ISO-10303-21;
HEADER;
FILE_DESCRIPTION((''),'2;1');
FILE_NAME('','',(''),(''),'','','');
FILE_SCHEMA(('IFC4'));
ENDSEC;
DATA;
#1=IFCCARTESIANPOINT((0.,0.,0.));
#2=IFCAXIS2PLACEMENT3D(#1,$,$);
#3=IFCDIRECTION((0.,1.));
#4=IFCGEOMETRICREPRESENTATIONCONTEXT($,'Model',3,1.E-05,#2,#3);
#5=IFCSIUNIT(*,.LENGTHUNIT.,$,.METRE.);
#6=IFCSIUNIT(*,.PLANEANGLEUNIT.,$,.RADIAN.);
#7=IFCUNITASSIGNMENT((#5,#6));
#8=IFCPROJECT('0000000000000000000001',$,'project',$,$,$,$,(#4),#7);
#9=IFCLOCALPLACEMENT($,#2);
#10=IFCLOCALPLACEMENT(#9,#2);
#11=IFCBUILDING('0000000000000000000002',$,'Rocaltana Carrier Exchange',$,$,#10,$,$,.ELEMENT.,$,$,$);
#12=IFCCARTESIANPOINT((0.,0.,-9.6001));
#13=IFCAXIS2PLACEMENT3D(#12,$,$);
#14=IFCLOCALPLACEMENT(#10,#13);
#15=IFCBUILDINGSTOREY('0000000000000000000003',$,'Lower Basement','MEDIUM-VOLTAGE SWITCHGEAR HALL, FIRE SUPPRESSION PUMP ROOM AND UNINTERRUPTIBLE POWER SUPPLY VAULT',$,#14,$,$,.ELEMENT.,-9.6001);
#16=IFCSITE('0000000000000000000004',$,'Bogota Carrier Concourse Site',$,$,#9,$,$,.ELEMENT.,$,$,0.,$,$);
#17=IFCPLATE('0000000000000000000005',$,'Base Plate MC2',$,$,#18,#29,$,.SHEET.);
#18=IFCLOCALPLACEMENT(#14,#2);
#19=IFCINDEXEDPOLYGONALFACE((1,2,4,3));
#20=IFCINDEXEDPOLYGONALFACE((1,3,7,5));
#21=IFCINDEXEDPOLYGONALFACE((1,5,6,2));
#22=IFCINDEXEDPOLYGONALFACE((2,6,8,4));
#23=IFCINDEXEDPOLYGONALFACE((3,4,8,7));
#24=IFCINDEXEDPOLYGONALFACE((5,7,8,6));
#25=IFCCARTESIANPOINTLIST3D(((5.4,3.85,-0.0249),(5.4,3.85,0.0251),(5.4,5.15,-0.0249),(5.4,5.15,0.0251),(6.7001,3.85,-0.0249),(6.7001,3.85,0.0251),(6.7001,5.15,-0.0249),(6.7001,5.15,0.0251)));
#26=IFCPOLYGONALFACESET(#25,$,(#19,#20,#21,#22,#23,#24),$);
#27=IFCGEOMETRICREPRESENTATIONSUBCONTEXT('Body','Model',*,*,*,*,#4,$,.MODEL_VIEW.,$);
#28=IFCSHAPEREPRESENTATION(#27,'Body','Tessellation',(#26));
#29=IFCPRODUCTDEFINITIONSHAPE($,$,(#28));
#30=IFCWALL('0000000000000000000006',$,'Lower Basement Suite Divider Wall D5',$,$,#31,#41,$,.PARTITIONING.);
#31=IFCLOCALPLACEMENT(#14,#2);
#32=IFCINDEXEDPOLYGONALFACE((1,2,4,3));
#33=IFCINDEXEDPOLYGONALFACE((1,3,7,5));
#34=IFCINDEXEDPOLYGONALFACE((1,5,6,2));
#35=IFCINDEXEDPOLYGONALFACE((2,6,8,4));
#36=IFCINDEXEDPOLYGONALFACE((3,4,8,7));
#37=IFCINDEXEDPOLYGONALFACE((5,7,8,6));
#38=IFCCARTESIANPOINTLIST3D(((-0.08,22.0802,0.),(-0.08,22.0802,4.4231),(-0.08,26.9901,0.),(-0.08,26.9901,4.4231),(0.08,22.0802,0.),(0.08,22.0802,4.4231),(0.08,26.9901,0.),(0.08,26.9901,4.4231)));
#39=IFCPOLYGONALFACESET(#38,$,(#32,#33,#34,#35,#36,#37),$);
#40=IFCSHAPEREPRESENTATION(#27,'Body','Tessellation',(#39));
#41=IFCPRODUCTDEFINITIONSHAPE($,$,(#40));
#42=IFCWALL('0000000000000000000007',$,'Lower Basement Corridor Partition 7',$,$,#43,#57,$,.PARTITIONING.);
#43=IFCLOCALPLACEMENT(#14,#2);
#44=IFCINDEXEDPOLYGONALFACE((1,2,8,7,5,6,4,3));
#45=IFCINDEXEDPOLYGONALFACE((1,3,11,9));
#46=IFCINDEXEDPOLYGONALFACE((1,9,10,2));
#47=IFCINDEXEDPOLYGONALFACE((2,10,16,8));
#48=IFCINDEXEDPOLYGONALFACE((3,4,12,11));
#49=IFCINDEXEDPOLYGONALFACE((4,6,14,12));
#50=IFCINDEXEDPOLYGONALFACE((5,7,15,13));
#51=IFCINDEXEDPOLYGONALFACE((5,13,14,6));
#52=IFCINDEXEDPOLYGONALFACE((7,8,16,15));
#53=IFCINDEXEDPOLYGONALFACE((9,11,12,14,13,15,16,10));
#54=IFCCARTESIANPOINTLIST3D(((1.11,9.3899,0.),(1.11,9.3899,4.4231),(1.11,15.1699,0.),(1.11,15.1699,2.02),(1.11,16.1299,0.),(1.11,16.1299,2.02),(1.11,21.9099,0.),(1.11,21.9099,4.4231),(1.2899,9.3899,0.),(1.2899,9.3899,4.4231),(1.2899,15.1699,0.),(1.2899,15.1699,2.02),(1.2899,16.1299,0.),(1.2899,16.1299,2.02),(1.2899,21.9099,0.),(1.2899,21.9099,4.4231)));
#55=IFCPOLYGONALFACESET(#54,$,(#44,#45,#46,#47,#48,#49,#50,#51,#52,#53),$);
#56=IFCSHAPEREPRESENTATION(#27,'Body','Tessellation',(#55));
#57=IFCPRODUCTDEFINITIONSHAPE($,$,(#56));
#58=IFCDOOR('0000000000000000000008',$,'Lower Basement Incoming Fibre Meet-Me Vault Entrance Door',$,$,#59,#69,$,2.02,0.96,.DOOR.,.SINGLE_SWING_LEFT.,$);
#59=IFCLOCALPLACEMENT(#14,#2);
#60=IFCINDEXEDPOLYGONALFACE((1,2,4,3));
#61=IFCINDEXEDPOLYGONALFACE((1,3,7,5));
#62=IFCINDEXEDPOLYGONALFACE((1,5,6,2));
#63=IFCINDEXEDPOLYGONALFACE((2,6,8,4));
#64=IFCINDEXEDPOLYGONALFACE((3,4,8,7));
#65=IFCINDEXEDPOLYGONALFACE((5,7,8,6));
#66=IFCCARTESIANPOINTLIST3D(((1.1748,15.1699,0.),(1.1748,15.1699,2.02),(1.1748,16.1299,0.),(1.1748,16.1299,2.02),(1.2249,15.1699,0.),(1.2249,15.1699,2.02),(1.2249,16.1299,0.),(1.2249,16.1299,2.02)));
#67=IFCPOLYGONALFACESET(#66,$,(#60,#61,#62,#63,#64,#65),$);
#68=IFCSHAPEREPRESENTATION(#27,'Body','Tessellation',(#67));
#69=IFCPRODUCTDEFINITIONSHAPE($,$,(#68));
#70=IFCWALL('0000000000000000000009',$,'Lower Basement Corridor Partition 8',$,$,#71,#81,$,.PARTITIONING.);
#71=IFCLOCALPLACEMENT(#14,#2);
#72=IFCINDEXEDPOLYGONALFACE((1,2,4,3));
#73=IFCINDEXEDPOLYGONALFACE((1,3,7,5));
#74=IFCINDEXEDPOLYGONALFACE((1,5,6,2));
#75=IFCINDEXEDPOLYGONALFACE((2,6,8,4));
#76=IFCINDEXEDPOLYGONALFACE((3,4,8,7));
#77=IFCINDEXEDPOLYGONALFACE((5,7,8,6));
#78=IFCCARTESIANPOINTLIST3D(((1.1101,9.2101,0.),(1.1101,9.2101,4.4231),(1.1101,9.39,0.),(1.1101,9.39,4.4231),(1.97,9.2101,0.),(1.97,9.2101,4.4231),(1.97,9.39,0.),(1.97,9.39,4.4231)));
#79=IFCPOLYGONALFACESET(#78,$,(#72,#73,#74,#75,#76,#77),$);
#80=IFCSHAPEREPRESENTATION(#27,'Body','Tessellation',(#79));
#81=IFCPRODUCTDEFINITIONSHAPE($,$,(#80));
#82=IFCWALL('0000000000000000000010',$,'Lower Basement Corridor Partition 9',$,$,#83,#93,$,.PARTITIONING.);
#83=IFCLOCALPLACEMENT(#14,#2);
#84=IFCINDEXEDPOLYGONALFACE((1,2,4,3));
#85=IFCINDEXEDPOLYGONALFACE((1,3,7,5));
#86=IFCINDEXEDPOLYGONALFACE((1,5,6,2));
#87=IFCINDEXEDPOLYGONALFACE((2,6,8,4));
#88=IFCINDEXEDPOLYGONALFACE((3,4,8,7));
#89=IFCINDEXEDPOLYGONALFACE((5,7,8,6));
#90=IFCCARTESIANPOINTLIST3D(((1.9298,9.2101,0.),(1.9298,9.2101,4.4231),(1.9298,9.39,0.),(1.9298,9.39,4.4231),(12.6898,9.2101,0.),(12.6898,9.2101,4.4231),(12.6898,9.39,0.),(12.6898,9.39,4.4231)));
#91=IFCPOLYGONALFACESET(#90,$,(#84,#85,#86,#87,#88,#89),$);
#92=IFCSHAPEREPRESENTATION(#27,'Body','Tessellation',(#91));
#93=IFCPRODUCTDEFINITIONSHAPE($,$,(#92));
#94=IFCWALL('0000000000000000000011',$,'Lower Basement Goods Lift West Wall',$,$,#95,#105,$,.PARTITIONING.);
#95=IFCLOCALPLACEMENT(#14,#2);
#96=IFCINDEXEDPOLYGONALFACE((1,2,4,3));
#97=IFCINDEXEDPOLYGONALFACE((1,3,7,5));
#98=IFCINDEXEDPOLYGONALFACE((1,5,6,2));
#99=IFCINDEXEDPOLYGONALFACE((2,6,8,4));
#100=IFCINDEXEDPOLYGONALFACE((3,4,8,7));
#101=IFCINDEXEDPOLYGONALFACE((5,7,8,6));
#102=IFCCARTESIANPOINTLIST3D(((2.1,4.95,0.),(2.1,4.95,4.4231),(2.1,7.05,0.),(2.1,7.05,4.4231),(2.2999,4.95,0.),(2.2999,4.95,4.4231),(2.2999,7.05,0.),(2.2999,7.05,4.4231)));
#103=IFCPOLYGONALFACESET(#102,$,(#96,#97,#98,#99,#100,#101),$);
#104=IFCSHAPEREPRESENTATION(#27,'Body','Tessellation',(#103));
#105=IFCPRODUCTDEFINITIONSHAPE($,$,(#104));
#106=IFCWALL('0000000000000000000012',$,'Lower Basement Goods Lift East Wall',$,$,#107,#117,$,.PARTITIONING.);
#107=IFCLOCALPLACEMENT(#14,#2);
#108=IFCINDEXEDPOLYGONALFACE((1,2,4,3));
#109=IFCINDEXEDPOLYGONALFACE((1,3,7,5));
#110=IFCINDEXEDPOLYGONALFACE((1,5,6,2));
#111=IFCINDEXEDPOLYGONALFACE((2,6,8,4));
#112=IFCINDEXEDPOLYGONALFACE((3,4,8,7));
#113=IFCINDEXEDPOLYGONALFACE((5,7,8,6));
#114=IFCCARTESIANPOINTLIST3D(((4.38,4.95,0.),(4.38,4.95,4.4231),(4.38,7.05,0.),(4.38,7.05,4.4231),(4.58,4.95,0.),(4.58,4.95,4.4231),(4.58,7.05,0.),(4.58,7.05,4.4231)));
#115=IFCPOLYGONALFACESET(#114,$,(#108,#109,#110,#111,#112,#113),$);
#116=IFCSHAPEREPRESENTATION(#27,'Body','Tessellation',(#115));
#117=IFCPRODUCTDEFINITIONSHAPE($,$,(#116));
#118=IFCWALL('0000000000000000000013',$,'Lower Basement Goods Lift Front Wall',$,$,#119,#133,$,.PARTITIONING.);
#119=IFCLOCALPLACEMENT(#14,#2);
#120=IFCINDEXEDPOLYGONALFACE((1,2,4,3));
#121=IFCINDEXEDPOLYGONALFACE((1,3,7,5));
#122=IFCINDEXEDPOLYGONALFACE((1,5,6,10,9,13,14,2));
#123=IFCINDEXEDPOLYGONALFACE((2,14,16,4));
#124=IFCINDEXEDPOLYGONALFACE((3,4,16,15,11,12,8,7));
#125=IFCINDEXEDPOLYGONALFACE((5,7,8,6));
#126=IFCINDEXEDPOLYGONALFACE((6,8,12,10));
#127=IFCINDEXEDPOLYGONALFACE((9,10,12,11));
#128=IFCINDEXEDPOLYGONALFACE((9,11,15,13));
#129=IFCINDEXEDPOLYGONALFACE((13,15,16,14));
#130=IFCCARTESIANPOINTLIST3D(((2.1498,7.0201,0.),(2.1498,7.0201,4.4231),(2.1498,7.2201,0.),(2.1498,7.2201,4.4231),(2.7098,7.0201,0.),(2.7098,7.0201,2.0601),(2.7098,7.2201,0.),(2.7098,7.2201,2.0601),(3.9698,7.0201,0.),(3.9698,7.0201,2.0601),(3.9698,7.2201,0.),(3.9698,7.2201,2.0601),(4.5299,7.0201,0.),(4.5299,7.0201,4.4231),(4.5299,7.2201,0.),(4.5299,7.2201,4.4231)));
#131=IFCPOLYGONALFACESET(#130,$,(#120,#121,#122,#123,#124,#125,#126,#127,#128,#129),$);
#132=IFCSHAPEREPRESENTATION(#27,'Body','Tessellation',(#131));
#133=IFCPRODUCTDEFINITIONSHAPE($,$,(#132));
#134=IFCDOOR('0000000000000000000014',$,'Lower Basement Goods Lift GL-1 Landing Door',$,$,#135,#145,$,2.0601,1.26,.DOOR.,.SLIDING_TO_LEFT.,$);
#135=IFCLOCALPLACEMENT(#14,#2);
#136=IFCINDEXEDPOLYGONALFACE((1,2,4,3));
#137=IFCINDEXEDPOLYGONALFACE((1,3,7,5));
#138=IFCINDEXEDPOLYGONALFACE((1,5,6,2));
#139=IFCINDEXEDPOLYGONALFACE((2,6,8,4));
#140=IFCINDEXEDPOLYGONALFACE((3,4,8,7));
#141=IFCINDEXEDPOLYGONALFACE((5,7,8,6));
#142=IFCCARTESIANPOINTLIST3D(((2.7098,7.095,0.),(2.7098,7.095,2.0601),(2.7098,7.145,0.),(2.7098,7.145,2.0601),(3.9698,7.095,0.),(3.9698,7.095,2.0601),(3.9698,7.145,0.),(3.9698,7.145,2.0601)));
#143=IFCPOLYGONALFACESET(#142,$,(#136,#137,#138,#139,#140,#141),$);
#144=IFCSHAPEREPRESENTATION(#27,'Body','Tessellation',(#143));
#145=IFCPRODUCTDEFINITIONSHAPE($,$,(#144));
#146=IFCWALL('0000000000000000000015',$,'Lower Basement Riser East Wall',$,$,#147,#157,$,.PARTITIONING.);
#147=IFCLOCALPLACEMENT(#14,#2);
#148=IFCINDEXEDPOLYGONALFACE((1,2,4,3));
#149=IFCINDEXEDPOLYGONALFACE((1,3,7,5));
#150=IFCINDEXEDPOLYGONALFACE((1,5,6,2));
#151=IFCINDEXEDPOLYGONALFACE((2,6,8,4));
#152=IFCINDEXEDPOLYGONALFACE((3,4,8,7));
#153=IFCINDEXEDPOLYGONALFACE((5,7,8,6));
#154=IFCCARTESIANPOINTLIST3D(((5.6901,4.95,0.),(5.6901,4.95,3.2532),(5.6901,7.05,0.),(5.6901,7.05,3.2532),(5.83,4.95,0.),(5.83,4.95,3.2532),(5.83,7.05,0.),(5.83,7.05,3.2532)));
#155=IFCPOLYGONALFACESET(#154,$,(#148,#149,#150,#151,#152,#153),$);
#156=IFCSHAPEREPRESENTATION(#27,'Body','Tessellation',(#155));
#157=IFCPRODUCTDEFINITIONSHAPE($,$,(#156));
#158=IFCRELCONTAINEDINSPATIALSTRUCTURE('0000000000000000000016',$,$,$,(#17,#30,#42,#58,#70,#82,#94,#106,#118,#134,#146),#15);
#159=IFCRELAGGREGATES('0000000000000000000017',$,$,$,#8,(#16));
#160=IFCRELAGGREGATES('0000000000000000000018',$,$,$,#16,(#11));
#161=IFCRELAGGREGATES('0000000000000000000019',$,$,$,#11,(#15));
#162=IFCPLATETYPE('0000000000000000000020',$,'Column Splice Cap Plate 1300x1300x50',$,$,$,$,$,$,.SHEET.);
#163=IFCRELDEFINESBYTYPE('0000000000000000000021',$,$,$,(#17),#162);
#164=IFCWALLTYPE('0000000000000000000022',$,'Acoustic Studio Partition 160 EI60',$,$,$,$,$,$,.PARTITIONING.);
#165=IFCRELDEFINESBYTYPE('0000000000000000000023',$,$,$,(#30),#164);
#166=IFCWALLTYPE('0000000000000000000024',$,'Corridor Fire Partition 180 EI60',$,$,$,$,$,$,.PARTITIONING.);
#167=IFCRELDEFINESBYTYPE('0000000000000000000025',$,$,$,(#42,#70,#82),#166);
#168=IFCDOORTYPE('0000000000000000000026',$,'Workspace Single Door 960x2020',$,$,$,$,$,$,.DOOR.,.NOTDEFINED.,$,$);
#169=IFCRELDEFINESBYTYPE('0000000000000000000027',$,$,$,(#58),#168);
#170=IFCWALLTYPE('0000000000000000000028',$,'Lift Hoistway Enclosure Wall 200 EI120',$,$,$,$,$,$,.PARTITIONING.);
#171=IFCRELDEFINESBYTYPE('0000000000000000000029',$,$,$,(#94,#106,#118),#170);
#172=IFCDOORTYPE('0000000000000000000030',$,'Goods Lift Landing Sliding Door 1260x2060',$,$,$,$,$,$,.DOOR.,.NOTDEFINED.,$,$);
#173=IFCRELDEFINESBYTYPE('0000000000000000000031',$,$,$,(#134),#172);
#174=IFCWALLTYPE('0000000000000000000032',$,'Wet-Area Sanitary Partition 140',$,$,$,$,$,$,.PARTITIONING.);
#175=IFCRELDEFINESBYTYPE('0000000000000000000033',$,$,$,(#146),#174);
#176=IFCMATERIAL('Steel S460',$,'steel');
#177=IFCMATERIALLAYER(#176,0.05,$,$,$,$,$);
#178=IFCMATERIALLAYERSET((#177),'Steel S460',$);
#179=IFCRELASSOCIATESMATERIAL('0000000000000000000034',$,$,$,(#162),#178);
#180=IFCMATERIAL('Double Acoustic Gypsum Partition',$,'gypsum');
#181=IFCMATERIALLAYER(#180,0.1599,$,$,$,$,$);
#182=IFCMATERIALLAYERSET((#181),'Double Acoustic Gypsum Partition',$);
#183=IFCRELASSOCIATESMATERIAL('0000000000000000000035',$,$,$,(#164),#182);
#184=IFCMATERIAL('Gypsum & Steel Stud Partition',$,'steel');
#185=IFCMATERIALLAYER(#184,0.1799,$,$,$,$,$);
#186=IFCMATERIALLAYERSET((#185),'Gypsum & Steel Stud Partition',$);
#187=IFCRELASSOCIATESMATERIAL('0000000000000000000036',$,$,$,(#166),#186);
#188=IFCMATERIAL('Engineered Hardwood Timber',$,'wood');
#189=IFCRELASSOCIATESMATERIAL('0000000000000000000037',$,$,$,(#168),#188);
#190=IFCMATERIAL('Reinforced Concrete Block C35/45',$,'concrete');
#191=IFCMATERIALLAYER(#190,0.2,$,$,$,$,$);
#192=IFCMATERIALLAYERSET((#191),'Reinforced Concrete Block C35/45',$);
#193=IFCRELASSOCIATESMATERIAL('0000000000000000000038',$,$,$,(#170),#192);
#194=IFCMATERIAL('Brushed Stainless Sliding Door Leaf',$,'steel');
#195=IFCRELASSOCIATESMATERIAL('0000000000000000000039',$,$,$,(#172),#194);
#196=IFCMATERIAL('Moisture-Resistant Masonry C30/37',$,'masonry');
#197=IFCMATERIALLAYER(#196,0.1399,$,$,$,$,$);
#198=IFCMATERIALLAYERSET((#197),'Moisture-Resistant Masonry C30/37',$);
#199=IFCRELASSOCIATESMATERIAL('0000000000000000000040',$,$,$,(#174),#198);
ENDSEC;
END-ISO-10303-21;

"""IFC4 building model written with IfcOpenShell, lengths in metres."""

from ifc_helpers import new_model, si_unit, direction, frame, frame_2d, origin, origin_2d, place, context, subcontext, project, spatial, rectangle, extrude, material, layer, layer_set, type_object, element, fill, save


model = new_model("IFC4")

# Units and contexts
model_context = context("Model", 3, precision=1e-05, world=origin(), true_north=direction((0.0, 1.0)))
body_context = subcontext(model_context, "Body", "Model", "MODEL_VIEW")
ifc_project = project(units=[si_unit("LENGTHUNIT", "METRE"), si_unit("PLANEANGLEUNIT", "RADIAN")], contexts=[model_context])

# Site, building, storey
site_placement = place(None, origin())
site = spatial("IfcSite", under=ifc_project, at=site_placement, Name="Bogota Carrier Concourse Site", CompositionType="ELEMENT", RefElevation=0.0)
building_placement = place(site_placement, origin())
building = spatial("IfcBuilding", under=site, at=building_placement, Name="Rocaltana Carrier Exchange", CompositionType="ELEMENT")
storey_placement = place(building_placement, frame((0.0, 0.0, -9.6001)))
storey = spatial("IfcBuildingStorey", under=building, at=storey_placement, Name="Lower Basement", Description="MEDIUM-VOLTAGE SWITCHGEAR HALL, FIRE SUPPRESSION PUMP ROOM AND UNINTERRUPTIBLE POWER SUPPLY VAULT", CompositionType="ELEMENT", Elevation=-9.6001)

# Plate
ifc_material_1 = material(Name="Steel S460", Category="steel")
ifc_layer_1 = layer(ifc_material_1, 0.05)
ifc_layer_set_1 = layer_set([ifc_layer_1], Name="Steel S460")
plate_type = type_object("IfcPlateType", Name="Column Splice Cap Plate 1300x1300x50", PredefinedType="SHEET", material=ifc_layer_set_1)
plate_placement = place(storey_placement, frame((6.05, 4.5, -0.0249), z_axis=(0.0, 0.0, 1.0), x_axis=(1.0, 0.0, 0.0)))
element("IfcPlate", 1, at=plate_placement, inside=storey, type_object=plate_type, Name="Base Plate MC2", PredefinedType="SHEET", context=body_context, shape_type="SweptSolid", body=[
    extrude(rectangle(XDim=1.3, YDim=1.3, at=origin_2d()), origin(), (0.0, 0.0, 1.0), 0.05),
])

# Wall
ifc_material_2 = material(Name="Double Acoustic Gypsum Partition", Category="gypsum")
ifc_layer_2 = layer(ifc_material_2, 0.1599)
ifc_layer_set_2 = layer_set([ifc_layer_2], Name="Double Acoustic Gypsum Partition")
wall_type_1 = type_object("IfcWallType", Name="Acoustic Studio Partition 160 EI60", PredefinedType="PARTITIONING", material=ifc_layer_set_2)
wall_1_placement = place(storey_placement, frame((0.0, 22.0801, 0.0), z_axis=(0.0, 0.0, 1.0), x_axis=(0.0, 1.0, 0.0)))
element("IfcWall", 2, at=wall_1_placement, inside=storey, type_object=wall_type_1, Name="Lower Basement Suite Divider Wall D5", PredefinedType="PARTITIONING", context=body_context, shape_type="SweptSolid", body=[
    extrude(rectangle(XDim=4.9099, YDim=0.1599, at=frame_2d((2.4551, 0.0))), origin(), (0.0, 0.0, 1.0), 4.4231),
])

# Wall, opening, door
ifc_material_3 = material(Name="Gypsum & Steel Stud Partition", Category="steel")
ifc_layer_3 = layer(ifc_material_3, 0.1799)
ifc_layer_set_3 = layer_set([ifc_layer_3], Name="Gypsum & Steel Stud Partition")
wall_type_2 = type_object("IfcWallType", Name="Corridor Fire Partition 180 EI60", PredefinedType="PARTITIONING", material=ifc_layer_set_3)
wall_2_placement = place(storey_placement, frame((1.2, 21.9099, 0.0), z_axis=(0.0, 0.0, 1.0), x_axis=(0.0, -1.0, 0.0)))
wall_2 = element("IfcWall", 3, at=wall_2_placement, inside=storey, type_object=wall_type_2, Name="Lower Basement Corridor Partition 7", PredefinedType="PARTITIONING", context=body_context, shape_type="SweptSolid", body=[
    extrude(rectangle(XDim=12.52, YDim=0.1799, at=frame_2d((6.26, 0.0))), origin(), (0.0, 0.0, 1.0), 4.4231),
])
opening_1_placement = place(wall_2_placement, frame((5.78, 0.0, 0.0)))
opening_1 = element("IfcOpeningElement", 4, at=opening_1_placement, cuts=wall_2, PredefinedType="OPENING", context=body_context, shape_type="SweptSolid", body=[
    extrude(rectangle(XDim=0.96, YDim=2.02, at=frame_2d((0.48, 1.01))), frame((0.0, 0.0999, 0.0), z_axis=(0.0, -1.0, 0.0), x_axis=(1.0, 0.0, 0.0)), (0.0, 0.0, 1.0), 0.2),
])
ifc_material_4 = material(Name="Engineered Hardwood Timber", Category="wood")
door_type_1 = type_object("IfcDoorType", Name="Workspace Single Door 960x2020", OperationType="NOTDEFINED", PredefinedType="DOOR", material=ifc_material_4)
door_1_placement = place(opening_1_placement, origin())
door_1 = element("IfcDoor", 5, at=door_1_placement, inside=storey, type_object=door_type_1, Name="Lower Basement Incoming Fibre Meet-Me Vault Entrance Door", OperationType="SINGLE_SWING_LEFT", OverallHeight=2.02, OverallWidth=0.96, PredefinedType="DOOR", context=body_context, shape_type="SweptSolid", body=[
    extrude(rectangle(XDim=0.96, YDim=2.02, at=frame_2d((0.48, 1.01))), frame((0.0, 0.0249, 0.0), z_axis=(0.0, -1.0, 0.0), x_axis=(1.0, 0.0, 0.0)), (0.0, 0.0, 1.0), 0.05),
])
fill(opening_1, door_1)

# Walls
wall_3_placement = place(storey_placement, frame((1.1101, 9.3, 0.0), z_axis=(0.0, 0.0, 1.0), x_axis=(1.0, 0.0, 0.0)))
element("IfcWall", 6, at=wall_3_placement, inside=storey, type_object=wall_type_2, Name="Lower Basement Corridor Partition 8", PredefinedType="PARTITIONING", context=body_context, shape_type="SweptSolid", body=[
    extrude(rectangle(XDim=0.8599, YDim=0.1799, at=frame_2d((0.4299, 0.0))), origin(), (0.0, 0.0, 1.0), 4.4231),
])
wall_4_placement = place(storey_placement, frame((1.9299, 9.3, 0.0), z_axis=(0.0, 0.0, 1.0), x_axis=(1.0, 0.0, 0.0)))
element("IfcWall", 7, at=wall_4_placement, inside=storey, type_object=wall_type_2, Name="Lower Basement Corridor Partition 9", PredefinedType="PARTITIONING", context=body_context, shape_type="SweptSolid", body=[
    extrude(rectangle(XDim=10.76, YDim=0.1799, at=frame_2d((5.3799, 0.0))), origin(), (0.0, 0.0, 1.0), 4.4231),
])
ifc_material_5 = material(Name="Reinforced Concrete Block C35/45", Category="concrete")
ifc_layer_4 = layer(ifc_material_5, 0.2)
ifc_layer_set_4 = layer_set([ifc_layer_4], Name="Reinforced Concrete Block C35/45")
wall_type_3 = type_object("IfcWallType", Name="Lift Hoistway Enclosure Wall 200 EI120", PredefinedType="PARTITIONING", material=ifc_layer_set_4)
for number, where, z_axis, x_axis, name in (
    (8, (2.2, 4.95, 0.0), (0.0, 0.0, 1.0), (0.0, 1.0, 0.0), "Lower Basement Goods Lift West Wall"),
    (9, (4.48, 4.95, 0.0), (0.0, 0.0, 1.0), (0.0, 1.0, 0.0), "Lower Basement Goods Lift East Wall"),
):
    element("IfcWall", number, at=place(storey_placement, frame(where, z_axis=z_axis, x_axis=x_axis)), inside=storey, type_object=wall_type_3, Name=name, PredefinedType="PARTITIONING", context=body_context, shape_type="SweptSolid", body=[
        extrude(rectangle(XDim=2.1001, YDim=0.2, at=frame_2d((1.05, 0.0))), origin(), (0.0, 0.0, 1.0), 4.4231),
    ])

# Wall, opening, door
wall_5_placement = place(storey_placement, frame((2.1499, 7.1201, 0.0), z_axis=(0.0, 0.0, 1.0), x_axis=(1.0, 0.0, 0.0)))
wall_5 = element("IfcWall", 10, at=wall_5_placement, inside=storey, type_object=wall_type_3, Name="Lower Basement Goods Lift Front Wall", PredefinedType="PARTITIONING", context=body_context, shape_type="SweptSolid", body=[
    extrude(rectangle(XDim=2.3801, YDim=0.2, at=frame_2d((1.1899, 0.0))), origin(), (0.0, 0.0, 1.0), 4.4231),
])
opening_2_placement = place(wall_5_placement, frame((0.5601, 0.0, 0.0)))
opening_2 = element("IfcOpeningElement", 11, at=opening_2_placement, cuts=wall_5, PredefinedType="OPENING", context=body_context, shape_type="SweptSolid", body=[
    extrude(rectangle(XDim=1.26, YDim=2.0601, at=frame_2d((0.6299, 1.03))), frame((0.0, 0.1099, 0.0), z_axis=(0.0, -1.0, 0.0), x_axis=(1.0, 0.0, 0.0)), (0.0, 0.0, 1.0), 0.22),
])
ifc_material_6 = material(Name="Brushed Stainless Sliding Door Leaf", Category="steel")
door_type_2 = type_object("IfcDoorType", Name="Goods Lift Landing Sliding Door 1260x2060", OperationType="NOTDEFINED", PredefinedType="DOOR", material=ifc_material_6)
door_2_placement = place(opening_2_placement, origin())
door_2 = element("IfcDoor", 12, at=door_2_placement, inside=storey, type_object=door_type_2, Name="Lower Basement Goods Lift GL-1 Landing Door", OperationType="SLIDING_TO_LEFT", OverallHeight=2.0601, OverallWidth=1.26, PredefinedType="DOOR", context=body_context, shape_type="SweptSolid", body=[
    extrude(rectangle(XDim=1.26, YDim=2.0601, at=frame_2d((0.6299, 1.03))), frame((0.0, 0.0249, 0.0), z_axis=(0.0, -1.0, 0.0), x_axis=(1.0, 0.0, 0.0)), (0.0, 0.0, 1.0), 0.05),
])
fill(opening_2, door_2)

# Wall
ifc_material_7 = material(Name="Moisture-Resistant Masonry C30/37", Category="masonry")
ifc_layer_5 = layer(ifc_material_7, 0.1399)
ifc_layer_set_5 = layer_set([ifc_layer_5], Name="Moisture-Resistant Masonry C30/37")
wall_type_4 = type_object("IfcWallType", Name="Wet-Area Sanitary Partition 140", PredefinedType="PARTITIONING", material=ifc_layer_set_5)
wall_6_placement = place(storey_placement, frame((5.76, 4.95, 0.0), z_axis=(0.0, 0.0, 1.0), x_axis=(0.0, 1.0, 0.0)))
element("IfcWall", 13, at=wall_6_placement, inside=storey, type_object=wall_type_4, Name="Lower Basement Riser East Wall", PredefinedType="PARTITIONING", context=body_context, shape_type="SweptSolid", body=[
    extrude(rectangle(XDim=2.1001, YDim=0.1399, at=frame_2d((1.05, 0.0))), origin(), (0.0, 0.0, 1.0), 3.2532),
])

save(model, "model.ifc")
